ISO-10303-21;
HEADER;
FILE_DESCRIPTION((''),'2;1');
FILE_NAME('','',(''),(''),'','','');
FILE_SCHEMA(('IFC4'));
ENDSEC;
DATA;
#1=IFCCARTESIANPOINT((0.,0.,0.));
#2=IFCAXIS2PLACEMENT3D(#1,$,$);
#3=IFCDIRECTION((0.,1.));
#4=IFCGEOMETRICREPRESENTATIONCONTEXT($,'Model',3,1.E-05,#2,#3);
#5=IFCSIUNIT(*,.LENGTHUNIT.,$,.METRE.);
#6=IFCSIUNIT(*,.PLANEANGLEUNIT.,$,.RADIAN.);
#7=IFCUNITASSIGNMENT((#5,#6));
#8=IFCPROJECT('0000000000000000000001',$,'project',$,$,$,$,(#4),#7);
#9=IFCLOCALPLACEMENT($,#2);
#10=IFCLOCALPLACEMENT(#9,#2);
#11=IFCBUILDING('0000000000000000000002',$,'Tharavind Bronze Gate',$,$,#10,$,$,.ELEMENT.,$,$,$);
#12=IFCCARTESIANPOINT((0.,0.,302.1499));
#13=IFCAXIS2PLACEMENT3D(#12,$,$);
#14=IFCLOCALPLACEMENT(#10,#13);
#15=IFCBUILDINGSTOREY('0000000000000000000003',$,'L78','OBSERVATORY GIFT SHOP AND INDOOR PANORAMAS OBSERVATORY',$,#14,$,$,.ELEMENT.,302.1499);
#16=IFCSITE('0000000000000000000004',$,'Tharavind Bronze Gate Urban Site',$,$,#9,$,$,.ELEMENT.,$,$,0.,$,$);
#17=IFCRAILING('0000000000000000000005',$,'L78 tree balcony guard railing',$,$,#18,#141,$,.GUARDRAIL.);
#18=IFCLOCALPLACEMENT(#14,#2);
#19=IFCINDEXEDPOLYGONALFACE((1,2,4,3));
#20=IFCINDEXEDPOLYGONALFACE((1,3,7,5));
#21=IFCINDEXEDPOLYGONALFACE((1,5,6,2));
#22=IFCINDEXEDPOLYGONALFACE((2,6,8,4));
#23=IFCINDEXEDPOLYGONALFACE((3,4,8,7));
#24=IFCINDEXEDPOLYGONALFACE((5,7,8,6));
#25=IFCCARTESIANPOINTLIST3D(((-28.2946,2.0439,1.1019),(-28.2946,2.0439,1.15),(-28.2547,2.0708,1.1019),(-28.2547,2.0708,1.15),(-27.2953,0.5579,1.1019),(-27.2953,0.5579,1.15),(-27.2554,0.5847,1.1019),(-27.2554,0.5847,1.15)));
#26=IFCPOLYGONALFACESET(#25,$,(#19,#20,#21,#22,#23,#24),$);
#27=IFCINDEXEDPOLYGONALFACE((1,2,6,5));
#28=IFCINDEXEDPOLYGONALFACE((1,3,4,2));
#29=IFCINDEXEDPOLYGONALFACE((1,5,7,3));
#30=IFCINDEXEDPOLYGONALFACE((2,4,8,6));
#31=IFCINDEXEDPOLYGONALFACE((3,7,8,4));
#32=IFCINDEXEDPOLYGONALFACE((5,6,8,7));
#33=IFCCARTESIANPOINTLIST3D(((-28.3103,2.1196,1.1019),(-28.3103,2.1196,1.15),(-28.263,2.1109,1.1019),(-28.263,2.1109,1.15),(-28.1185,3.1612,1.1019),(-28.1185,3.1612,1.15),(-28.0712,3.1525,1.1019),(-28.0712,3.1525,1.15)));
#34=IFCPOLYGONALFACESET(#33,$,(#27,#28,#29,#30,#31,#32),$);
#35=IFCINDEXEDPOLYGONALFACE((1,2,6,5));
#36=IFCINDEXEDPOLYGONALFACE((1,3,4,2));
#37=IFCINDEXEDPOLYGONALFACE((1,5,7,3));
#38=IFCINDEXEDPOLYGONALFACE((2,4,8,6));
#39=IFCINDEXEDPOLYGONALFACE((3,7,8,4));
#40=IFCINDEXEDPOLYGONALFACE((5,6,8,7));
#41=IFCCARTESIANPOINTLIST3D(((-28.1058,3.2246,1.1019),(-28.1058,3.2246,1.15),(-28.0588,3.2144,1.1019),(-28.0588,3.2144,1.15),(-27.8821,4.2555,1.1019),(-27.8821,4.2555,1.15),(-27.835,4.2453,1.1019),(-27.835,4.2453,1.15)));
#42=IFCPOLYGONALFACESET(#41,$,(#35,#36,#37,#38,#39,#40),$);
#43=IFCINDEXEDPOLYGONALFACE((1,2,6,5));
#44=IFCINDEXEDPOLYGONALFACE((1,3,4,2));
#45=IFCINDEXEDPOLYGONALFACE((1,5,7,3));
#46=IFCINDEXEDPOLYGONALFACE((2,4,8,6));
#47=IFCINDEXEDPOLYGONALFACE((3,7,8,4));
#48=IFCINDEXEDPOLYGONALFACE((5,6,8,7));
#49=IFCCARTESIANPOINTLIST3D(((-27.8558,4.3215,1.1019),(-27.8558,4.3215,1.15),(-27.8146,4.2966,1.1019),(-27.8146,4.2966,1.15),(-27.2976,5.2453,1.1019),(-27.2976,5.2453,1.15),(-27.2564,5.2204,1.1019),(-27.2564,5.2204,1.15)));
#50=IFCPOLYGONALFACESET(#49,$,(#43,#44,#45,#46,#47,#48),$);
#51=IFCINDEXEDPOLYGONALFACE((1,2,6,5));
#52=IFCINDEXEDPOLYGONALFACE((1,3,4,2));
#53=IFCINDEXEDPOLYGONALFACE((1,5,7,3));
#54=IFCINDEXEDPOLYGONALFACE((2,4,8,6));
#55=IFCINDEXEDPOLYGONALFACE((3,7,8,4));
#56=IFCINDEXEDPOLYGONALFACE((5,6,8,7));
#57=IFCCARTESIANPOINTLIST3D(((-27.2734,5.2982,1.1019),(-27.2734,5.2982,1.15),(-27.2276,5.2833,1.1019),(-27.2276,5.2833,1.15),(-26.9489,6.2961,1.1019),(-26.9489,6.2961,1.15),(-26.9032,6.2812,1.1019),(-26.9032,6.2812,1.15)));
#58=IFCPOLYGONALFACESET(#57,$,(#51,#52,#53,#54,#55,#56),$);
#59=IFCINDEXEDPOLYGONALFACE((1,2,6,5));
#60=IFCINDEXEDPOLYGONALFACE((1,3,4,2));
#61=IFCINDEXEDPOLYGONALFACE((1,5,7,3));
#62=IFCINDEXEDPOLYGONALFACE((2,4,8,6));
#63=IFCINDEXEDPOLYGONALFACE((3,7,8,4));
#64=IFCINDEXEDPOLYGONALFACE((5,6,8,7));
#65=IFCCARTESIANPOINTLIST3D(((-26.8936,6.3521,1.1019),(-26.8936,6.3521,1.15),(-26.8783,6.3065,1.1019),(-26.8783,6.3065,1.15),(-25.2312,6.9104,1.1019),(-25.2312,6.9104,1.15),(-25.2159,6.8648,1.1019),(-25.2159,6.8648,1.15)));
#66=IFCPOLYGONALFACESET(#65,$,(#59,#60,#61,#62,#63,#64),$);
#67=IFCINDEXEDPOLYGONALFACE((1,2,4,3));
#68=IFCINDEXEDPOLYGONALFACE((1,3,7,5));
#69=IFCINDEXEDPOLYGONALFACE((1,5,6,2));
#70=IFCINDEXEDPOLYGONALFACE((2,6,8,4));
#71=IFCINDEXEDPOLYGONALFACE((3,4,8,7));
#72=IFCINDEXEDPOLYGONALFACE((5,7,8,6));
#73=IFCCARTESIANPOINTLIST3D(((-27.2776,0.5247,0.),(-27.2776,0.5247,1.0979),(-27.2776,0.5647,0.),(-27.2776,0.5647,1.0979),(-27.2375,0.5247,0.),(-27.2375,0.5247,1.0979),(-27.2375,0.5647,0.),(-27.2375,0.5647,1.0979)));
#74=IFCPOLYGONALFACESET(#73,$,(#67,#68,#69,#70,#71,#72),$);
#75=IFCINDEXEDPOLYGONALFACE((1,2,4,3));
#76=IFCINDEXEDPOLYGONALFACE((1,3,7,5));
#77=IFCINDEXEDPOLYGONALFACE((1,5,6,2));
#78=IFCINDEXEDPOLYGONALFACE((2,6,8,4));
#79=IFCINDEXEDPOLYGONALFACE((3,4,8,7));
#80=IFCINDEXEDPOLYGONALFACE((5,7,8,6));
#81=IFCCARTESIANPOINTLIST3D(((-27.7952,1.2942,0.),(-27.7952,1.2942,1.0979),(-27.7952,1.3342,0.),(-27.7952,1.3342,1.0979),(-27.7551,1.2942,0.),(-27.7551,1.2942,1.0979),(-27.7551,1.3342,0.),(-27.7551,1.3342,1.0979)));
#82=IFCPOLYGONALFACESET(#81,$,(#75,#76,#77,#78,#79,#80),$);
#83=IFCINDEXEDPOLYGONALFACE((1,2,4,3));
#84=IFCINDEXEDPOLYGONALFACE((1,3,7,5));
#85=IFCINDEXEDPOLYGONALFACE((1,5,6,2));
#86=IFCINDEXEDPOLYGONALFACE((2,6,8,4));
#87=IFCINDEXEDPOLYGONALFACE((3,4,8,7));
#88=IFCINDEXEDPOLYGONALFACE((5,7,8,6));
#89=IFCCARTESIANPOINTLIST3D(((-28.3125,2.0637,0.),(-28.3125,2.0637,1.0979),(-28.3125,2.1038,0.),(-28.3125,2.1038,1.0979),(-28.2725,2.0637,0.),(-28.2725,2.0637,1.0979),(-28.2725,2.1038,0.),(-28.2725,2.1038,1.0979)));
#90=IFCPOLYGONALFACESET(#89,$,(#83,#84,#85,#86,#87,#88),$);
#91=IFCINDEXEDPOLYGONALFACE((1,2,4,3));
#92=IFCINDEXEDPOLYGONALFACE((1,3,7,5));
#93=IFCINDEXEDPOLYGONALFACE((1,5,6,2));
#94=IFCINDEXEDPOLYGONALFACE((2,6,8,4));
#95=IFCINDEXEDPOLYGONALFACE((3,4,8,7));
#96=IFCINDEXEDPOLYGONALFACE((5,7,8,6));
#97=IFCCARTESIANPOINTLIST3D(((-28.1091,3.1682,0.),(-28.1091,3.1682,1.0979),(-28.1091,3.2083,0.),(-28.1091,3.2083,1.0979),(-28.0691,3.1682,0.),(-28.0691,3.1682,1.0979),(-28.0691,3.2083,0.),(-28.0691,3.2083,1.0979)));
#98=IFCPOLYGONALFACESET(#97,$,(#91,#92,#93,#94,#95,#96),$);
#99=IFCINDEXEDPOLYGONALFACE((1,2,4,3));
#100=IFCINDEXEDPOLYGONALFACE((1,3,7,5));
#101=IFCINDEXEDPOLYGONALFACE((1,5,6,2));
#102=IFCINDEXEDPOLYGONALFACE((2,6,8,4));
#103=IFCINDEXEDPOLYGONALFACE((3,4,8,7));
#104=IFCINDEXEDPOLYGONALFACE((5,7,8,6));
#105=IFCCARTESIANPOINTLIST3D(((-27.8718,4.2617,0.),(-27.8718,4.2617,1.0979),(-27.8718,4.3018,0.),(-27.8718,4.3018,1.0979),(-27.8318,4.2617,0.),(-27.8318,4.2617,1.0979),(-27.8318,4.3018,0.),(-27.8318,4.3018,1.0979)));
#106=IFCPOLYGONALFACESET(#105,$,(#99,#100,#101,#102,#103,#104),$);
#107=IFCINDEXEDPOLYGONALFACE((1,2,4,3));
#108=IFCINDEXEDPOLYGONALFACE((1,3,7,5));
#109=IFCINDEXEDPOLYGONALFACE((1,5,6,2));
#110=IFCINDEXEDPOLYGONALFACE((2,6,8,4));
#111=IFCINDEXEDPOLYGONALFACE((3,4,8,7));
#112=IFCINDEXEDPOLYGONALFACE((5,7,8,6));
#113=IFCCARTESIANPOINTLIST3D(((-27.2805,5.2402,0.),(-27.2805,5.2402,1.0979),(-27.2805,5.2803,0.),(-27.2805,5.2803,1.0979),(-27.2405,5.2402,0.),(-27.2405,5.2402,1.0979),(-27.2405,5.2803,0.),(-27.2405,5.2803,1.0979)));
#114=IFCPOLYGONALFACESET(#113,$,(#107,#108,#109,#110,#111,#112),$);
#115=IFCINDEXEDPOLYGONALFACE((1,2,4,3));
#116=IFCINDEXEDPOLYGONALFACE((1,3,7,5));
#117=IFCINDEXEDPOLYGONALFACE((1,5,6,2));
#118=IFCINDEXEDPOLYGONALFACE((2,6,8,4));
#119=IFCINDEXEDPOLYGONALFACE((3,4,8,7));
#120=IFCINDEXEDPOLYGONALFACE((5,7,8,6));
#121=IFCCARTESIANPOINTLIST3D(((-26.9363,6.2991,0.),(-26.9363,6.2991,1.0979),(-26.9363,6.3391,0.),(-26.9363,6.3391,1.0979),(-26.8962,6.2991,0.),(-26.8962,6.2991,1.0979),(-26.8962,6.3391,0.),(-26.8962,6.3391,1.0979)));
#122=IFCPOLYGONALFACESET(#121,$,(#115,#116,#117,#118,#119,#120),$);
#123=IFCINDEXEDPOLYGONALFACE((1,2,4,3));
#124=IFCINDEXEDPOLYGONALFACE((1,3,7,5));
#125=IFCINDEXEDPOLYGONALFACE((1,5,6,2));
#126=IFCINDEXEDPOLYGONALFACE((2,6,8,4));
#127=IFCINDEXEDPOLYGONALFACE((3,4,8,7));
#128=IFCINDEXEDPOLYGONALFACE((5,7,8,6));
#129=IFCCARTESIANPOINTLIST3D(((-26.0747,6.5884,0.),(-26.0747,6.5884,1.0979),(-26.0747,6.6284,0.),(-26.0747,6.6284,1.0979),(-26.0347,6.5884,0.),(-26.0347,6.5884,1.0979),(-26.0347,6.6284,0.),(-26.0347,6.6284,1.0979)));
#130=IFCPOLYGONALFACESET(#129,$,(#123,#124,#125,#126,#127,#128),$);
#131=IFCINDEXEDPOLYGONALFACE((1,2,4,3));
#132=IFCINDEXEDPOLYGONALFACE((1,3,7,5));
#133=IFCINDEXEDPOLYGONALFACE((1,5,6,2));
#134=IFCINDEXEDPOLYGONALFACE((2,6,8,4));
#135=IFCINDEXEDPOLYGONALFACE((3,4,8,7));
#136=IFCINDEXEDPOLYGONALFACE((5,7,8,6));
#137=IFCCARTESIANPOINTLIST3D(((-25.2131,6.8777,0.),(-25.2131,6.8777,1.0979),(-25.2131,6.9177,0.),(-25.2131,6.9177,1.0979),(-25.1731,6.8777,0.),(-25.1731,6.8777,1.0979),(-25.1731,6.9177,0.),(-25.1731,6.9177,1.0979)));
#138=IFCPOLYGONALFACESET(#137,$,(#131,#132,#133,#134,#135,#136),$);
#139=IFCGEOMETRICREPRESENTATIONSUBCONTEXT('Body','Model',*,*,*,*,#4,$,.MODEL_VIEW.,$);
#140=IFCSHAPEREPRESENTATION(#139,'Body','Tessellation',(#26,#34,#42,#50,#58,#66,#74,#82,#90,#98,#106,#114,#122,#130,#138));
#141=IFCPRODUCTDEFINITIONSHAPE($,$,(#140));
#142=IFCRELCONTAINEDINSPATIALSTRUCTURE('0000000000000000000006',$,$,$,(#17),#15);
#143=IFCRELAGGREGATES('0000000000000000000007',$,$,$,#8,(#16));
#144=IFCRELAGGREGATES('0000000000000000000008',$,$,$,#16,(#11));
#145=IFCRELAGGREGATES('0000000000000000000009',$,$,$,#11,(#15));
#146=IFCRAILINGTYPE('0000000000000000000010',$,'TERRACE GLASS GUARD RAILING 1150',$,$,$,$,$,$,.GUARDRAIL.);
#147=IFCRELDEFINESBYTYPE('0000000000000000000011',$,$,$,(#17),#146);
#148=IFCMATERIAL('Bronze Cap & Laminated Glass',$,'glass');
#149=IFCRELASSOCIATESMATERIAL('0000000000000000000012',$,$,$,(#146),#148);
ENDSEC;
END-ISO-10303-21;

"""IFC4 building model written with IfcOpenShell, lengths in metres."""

from ifc_helpers import new_model, si_unit, direction, frame, origin, origin_2d, place, context, subcontext, project, spatial, rectangle, extrude, material, type_object, element, save


model = new_model("IFC4")

# Units and contexts
model_context = context("Model", 3, precision=1e-05, world=origin(), true_north=direction((0.0, 1.0)))
body_context = subcontext(model_context, "Body", "Model", "MODEL_VIEW")
ifc_project = project(units=[si_unit("LENGTHUNIT", "METRE"), si_unit("PLANEANGLEUNIT", "RADIAN")], contexts=[model_context])

# Site, building, storey
site_placement = place(None, origin())
site = spatial("IfcSite", under=ifc_project, at=site_placement, Name="Tharavind Bronze Gate Urban Site", CompositionType="ELEMENT", RefElevation=0.0)
building_placement = place(site_placement, origin())
building = spatial("IfcBuilding", under=site, at=building_placement, Name="Tharavind Bronze Gate", CompositionType="ELEMENT")
storey_placement = place(building_placement, frame((0.0, 0.0, 302.1499)))
storey = spatial("IfcBuildingStorey", under=building, at=storey_placement, Name="L78", Description="OBSERVATORY GIFT SHOP AND INDOOR PANORAMAS OBSERVATORY", CompositionType="ELEMENT", Elevation=302.1499)

# Railing
ifc_material_1 = material(Name="Bronze Cap & Laminated Glass", Category="glass")
railing_type = type_object("IfcRailingType", Name="TERRACE GLASS GUARD RAILING 1150", PredefinedType="GUARDRAIL", material=ifc_material_1)
railing_placement = place(storey_placement, frame((-27.2576, 0.5447, 0.0)))
element("IfcRailing", 1, at=railing_placement, inside=storey, type_object=railing_type, Name="L78 tree balcony guard railing", PredefinedType="GUARDRAIL", context=body_context, shape_type="SweptSolid", body=[
    extrude(rectangle(XDim=0.0481, YDim=0.0481, at=origin_2d()), frame((-0.0178, 0.0266, 1.126), z_axis=(-0.558007, 0.829836, 0.0), x_axis=(-0.829836, -0.558007, 0.0)), (0.0, 0.0, 1.0), 1.7908),
    extrude(rectangle(XDim=0.0481, YDim=0.0481, at=origin_2d()), frame((-1.0291, 1.5706, 1.126), z_axis=(0.181085, 0.983467, 0.0), x_axis=(-0.983467, 0.181085, 0.0)), (0.0, 0.0, 1.0), 1.0591),
    extrude(rectangle(XDim=0.0481, YDim=0.0481, at=origin_2d()), frame((-0.8247, 2.6748, 1.126), z_axis=(0.212076, 0.977253, 0.0), x_axis=(-0.977253, 0.212076, 0.0)), (0.0, 0.0, 1.0), 1.0549),
    extrude(rectangle(XDim=0.0481, YDim=0.0481, at=origin_2d()), frame((-0.5776, 3.7644, 1.126), z_axis=(0.517194, 0.855868, 0.0), x_axis=(-0.855868, 0.517194, 0.0)), (0.0, 0.0, 1.0), 1.0793),
    extrude(rectangle(XDim=0.0481, YDim=0.0481, at=origin_2d()), frame((0.0071, 4.7461, 1.126), z_axis=(0.30918, 0.951003, 0.0), x_axis=(-0.951003, 0.30918, 0.0)), (0.0, 0.0, 1.0), 1.0493),
    extrude(rectangle(XDim=0.0481, YDim=0.0481, at=origin_2d()), frame((0.3716, 5.7847, 1.126), z_axis=(0.947983, 0.318322, 0.0), x_axis=(-0.318322, 0.947983, 0.0)), (0.0, 0.0, 1.0), 1.7537),
    extrude(rectangle(XDim=0.04, YDim=0.04, at=origin_2d()), origin(), (0.0, 0.0, 1.0), 1.0979),
    extrude(rectangle(XDim=0.04, YDim=0.04, at=origin_2d()), frame((-0.5176, 0.7695, 0.0)), (0.0, 0.0, 1.0), 1.0979),
    extrude(rectangle(XDim=0.04, YDim=0.04, at=origin_2d()), frame((-1.0349, 1.5391, 0.0)), (0.0, 0.0, 1.0), 1.0979),
    extrude(rectangle(XDim=0.04, YDim=0.04, at=origin_2d()), frame((-0.8315, 2.6436, 0.0)), (0.0, 0.0, 1.0), 1.0979),
    extrude(rectangle(XDim=0.04, YDim=0.04, at=origin_2d()), frame((-0.5942, 3.7371, 0.0)), (0.0, 0.0, 1.0), 1.0979),
    extrude(rectangle(XDim=0.04, YDim=0.04, at=origin_2d()), frame((-0.0029, 4.7156, 0.0)), (0.0, 0.0, 1.0), 1.0979),
    extrude(rectangle(XDim=0.04, YDim=0.04, at=origin_2d()), frame((0.3413, 5.7744, 0.0)), (0.0, 0.0, 1.0), 1.0979),
    extrude(rectangle(XDim=0.04, YDim=0.04, at=origin_2d()), frame((1.2029, 6.0637, 0.0)), (0.0, 0.0, 1.0), 1.0979),
    extrude(rectangle(XDim=0.04, YDim=0.04, at=origin_2d()), frame((2.0645, 6.353, 0.0)), (0.0, 0.0, 1.0), 1.0979),
])

save(model, "model.ifc")
